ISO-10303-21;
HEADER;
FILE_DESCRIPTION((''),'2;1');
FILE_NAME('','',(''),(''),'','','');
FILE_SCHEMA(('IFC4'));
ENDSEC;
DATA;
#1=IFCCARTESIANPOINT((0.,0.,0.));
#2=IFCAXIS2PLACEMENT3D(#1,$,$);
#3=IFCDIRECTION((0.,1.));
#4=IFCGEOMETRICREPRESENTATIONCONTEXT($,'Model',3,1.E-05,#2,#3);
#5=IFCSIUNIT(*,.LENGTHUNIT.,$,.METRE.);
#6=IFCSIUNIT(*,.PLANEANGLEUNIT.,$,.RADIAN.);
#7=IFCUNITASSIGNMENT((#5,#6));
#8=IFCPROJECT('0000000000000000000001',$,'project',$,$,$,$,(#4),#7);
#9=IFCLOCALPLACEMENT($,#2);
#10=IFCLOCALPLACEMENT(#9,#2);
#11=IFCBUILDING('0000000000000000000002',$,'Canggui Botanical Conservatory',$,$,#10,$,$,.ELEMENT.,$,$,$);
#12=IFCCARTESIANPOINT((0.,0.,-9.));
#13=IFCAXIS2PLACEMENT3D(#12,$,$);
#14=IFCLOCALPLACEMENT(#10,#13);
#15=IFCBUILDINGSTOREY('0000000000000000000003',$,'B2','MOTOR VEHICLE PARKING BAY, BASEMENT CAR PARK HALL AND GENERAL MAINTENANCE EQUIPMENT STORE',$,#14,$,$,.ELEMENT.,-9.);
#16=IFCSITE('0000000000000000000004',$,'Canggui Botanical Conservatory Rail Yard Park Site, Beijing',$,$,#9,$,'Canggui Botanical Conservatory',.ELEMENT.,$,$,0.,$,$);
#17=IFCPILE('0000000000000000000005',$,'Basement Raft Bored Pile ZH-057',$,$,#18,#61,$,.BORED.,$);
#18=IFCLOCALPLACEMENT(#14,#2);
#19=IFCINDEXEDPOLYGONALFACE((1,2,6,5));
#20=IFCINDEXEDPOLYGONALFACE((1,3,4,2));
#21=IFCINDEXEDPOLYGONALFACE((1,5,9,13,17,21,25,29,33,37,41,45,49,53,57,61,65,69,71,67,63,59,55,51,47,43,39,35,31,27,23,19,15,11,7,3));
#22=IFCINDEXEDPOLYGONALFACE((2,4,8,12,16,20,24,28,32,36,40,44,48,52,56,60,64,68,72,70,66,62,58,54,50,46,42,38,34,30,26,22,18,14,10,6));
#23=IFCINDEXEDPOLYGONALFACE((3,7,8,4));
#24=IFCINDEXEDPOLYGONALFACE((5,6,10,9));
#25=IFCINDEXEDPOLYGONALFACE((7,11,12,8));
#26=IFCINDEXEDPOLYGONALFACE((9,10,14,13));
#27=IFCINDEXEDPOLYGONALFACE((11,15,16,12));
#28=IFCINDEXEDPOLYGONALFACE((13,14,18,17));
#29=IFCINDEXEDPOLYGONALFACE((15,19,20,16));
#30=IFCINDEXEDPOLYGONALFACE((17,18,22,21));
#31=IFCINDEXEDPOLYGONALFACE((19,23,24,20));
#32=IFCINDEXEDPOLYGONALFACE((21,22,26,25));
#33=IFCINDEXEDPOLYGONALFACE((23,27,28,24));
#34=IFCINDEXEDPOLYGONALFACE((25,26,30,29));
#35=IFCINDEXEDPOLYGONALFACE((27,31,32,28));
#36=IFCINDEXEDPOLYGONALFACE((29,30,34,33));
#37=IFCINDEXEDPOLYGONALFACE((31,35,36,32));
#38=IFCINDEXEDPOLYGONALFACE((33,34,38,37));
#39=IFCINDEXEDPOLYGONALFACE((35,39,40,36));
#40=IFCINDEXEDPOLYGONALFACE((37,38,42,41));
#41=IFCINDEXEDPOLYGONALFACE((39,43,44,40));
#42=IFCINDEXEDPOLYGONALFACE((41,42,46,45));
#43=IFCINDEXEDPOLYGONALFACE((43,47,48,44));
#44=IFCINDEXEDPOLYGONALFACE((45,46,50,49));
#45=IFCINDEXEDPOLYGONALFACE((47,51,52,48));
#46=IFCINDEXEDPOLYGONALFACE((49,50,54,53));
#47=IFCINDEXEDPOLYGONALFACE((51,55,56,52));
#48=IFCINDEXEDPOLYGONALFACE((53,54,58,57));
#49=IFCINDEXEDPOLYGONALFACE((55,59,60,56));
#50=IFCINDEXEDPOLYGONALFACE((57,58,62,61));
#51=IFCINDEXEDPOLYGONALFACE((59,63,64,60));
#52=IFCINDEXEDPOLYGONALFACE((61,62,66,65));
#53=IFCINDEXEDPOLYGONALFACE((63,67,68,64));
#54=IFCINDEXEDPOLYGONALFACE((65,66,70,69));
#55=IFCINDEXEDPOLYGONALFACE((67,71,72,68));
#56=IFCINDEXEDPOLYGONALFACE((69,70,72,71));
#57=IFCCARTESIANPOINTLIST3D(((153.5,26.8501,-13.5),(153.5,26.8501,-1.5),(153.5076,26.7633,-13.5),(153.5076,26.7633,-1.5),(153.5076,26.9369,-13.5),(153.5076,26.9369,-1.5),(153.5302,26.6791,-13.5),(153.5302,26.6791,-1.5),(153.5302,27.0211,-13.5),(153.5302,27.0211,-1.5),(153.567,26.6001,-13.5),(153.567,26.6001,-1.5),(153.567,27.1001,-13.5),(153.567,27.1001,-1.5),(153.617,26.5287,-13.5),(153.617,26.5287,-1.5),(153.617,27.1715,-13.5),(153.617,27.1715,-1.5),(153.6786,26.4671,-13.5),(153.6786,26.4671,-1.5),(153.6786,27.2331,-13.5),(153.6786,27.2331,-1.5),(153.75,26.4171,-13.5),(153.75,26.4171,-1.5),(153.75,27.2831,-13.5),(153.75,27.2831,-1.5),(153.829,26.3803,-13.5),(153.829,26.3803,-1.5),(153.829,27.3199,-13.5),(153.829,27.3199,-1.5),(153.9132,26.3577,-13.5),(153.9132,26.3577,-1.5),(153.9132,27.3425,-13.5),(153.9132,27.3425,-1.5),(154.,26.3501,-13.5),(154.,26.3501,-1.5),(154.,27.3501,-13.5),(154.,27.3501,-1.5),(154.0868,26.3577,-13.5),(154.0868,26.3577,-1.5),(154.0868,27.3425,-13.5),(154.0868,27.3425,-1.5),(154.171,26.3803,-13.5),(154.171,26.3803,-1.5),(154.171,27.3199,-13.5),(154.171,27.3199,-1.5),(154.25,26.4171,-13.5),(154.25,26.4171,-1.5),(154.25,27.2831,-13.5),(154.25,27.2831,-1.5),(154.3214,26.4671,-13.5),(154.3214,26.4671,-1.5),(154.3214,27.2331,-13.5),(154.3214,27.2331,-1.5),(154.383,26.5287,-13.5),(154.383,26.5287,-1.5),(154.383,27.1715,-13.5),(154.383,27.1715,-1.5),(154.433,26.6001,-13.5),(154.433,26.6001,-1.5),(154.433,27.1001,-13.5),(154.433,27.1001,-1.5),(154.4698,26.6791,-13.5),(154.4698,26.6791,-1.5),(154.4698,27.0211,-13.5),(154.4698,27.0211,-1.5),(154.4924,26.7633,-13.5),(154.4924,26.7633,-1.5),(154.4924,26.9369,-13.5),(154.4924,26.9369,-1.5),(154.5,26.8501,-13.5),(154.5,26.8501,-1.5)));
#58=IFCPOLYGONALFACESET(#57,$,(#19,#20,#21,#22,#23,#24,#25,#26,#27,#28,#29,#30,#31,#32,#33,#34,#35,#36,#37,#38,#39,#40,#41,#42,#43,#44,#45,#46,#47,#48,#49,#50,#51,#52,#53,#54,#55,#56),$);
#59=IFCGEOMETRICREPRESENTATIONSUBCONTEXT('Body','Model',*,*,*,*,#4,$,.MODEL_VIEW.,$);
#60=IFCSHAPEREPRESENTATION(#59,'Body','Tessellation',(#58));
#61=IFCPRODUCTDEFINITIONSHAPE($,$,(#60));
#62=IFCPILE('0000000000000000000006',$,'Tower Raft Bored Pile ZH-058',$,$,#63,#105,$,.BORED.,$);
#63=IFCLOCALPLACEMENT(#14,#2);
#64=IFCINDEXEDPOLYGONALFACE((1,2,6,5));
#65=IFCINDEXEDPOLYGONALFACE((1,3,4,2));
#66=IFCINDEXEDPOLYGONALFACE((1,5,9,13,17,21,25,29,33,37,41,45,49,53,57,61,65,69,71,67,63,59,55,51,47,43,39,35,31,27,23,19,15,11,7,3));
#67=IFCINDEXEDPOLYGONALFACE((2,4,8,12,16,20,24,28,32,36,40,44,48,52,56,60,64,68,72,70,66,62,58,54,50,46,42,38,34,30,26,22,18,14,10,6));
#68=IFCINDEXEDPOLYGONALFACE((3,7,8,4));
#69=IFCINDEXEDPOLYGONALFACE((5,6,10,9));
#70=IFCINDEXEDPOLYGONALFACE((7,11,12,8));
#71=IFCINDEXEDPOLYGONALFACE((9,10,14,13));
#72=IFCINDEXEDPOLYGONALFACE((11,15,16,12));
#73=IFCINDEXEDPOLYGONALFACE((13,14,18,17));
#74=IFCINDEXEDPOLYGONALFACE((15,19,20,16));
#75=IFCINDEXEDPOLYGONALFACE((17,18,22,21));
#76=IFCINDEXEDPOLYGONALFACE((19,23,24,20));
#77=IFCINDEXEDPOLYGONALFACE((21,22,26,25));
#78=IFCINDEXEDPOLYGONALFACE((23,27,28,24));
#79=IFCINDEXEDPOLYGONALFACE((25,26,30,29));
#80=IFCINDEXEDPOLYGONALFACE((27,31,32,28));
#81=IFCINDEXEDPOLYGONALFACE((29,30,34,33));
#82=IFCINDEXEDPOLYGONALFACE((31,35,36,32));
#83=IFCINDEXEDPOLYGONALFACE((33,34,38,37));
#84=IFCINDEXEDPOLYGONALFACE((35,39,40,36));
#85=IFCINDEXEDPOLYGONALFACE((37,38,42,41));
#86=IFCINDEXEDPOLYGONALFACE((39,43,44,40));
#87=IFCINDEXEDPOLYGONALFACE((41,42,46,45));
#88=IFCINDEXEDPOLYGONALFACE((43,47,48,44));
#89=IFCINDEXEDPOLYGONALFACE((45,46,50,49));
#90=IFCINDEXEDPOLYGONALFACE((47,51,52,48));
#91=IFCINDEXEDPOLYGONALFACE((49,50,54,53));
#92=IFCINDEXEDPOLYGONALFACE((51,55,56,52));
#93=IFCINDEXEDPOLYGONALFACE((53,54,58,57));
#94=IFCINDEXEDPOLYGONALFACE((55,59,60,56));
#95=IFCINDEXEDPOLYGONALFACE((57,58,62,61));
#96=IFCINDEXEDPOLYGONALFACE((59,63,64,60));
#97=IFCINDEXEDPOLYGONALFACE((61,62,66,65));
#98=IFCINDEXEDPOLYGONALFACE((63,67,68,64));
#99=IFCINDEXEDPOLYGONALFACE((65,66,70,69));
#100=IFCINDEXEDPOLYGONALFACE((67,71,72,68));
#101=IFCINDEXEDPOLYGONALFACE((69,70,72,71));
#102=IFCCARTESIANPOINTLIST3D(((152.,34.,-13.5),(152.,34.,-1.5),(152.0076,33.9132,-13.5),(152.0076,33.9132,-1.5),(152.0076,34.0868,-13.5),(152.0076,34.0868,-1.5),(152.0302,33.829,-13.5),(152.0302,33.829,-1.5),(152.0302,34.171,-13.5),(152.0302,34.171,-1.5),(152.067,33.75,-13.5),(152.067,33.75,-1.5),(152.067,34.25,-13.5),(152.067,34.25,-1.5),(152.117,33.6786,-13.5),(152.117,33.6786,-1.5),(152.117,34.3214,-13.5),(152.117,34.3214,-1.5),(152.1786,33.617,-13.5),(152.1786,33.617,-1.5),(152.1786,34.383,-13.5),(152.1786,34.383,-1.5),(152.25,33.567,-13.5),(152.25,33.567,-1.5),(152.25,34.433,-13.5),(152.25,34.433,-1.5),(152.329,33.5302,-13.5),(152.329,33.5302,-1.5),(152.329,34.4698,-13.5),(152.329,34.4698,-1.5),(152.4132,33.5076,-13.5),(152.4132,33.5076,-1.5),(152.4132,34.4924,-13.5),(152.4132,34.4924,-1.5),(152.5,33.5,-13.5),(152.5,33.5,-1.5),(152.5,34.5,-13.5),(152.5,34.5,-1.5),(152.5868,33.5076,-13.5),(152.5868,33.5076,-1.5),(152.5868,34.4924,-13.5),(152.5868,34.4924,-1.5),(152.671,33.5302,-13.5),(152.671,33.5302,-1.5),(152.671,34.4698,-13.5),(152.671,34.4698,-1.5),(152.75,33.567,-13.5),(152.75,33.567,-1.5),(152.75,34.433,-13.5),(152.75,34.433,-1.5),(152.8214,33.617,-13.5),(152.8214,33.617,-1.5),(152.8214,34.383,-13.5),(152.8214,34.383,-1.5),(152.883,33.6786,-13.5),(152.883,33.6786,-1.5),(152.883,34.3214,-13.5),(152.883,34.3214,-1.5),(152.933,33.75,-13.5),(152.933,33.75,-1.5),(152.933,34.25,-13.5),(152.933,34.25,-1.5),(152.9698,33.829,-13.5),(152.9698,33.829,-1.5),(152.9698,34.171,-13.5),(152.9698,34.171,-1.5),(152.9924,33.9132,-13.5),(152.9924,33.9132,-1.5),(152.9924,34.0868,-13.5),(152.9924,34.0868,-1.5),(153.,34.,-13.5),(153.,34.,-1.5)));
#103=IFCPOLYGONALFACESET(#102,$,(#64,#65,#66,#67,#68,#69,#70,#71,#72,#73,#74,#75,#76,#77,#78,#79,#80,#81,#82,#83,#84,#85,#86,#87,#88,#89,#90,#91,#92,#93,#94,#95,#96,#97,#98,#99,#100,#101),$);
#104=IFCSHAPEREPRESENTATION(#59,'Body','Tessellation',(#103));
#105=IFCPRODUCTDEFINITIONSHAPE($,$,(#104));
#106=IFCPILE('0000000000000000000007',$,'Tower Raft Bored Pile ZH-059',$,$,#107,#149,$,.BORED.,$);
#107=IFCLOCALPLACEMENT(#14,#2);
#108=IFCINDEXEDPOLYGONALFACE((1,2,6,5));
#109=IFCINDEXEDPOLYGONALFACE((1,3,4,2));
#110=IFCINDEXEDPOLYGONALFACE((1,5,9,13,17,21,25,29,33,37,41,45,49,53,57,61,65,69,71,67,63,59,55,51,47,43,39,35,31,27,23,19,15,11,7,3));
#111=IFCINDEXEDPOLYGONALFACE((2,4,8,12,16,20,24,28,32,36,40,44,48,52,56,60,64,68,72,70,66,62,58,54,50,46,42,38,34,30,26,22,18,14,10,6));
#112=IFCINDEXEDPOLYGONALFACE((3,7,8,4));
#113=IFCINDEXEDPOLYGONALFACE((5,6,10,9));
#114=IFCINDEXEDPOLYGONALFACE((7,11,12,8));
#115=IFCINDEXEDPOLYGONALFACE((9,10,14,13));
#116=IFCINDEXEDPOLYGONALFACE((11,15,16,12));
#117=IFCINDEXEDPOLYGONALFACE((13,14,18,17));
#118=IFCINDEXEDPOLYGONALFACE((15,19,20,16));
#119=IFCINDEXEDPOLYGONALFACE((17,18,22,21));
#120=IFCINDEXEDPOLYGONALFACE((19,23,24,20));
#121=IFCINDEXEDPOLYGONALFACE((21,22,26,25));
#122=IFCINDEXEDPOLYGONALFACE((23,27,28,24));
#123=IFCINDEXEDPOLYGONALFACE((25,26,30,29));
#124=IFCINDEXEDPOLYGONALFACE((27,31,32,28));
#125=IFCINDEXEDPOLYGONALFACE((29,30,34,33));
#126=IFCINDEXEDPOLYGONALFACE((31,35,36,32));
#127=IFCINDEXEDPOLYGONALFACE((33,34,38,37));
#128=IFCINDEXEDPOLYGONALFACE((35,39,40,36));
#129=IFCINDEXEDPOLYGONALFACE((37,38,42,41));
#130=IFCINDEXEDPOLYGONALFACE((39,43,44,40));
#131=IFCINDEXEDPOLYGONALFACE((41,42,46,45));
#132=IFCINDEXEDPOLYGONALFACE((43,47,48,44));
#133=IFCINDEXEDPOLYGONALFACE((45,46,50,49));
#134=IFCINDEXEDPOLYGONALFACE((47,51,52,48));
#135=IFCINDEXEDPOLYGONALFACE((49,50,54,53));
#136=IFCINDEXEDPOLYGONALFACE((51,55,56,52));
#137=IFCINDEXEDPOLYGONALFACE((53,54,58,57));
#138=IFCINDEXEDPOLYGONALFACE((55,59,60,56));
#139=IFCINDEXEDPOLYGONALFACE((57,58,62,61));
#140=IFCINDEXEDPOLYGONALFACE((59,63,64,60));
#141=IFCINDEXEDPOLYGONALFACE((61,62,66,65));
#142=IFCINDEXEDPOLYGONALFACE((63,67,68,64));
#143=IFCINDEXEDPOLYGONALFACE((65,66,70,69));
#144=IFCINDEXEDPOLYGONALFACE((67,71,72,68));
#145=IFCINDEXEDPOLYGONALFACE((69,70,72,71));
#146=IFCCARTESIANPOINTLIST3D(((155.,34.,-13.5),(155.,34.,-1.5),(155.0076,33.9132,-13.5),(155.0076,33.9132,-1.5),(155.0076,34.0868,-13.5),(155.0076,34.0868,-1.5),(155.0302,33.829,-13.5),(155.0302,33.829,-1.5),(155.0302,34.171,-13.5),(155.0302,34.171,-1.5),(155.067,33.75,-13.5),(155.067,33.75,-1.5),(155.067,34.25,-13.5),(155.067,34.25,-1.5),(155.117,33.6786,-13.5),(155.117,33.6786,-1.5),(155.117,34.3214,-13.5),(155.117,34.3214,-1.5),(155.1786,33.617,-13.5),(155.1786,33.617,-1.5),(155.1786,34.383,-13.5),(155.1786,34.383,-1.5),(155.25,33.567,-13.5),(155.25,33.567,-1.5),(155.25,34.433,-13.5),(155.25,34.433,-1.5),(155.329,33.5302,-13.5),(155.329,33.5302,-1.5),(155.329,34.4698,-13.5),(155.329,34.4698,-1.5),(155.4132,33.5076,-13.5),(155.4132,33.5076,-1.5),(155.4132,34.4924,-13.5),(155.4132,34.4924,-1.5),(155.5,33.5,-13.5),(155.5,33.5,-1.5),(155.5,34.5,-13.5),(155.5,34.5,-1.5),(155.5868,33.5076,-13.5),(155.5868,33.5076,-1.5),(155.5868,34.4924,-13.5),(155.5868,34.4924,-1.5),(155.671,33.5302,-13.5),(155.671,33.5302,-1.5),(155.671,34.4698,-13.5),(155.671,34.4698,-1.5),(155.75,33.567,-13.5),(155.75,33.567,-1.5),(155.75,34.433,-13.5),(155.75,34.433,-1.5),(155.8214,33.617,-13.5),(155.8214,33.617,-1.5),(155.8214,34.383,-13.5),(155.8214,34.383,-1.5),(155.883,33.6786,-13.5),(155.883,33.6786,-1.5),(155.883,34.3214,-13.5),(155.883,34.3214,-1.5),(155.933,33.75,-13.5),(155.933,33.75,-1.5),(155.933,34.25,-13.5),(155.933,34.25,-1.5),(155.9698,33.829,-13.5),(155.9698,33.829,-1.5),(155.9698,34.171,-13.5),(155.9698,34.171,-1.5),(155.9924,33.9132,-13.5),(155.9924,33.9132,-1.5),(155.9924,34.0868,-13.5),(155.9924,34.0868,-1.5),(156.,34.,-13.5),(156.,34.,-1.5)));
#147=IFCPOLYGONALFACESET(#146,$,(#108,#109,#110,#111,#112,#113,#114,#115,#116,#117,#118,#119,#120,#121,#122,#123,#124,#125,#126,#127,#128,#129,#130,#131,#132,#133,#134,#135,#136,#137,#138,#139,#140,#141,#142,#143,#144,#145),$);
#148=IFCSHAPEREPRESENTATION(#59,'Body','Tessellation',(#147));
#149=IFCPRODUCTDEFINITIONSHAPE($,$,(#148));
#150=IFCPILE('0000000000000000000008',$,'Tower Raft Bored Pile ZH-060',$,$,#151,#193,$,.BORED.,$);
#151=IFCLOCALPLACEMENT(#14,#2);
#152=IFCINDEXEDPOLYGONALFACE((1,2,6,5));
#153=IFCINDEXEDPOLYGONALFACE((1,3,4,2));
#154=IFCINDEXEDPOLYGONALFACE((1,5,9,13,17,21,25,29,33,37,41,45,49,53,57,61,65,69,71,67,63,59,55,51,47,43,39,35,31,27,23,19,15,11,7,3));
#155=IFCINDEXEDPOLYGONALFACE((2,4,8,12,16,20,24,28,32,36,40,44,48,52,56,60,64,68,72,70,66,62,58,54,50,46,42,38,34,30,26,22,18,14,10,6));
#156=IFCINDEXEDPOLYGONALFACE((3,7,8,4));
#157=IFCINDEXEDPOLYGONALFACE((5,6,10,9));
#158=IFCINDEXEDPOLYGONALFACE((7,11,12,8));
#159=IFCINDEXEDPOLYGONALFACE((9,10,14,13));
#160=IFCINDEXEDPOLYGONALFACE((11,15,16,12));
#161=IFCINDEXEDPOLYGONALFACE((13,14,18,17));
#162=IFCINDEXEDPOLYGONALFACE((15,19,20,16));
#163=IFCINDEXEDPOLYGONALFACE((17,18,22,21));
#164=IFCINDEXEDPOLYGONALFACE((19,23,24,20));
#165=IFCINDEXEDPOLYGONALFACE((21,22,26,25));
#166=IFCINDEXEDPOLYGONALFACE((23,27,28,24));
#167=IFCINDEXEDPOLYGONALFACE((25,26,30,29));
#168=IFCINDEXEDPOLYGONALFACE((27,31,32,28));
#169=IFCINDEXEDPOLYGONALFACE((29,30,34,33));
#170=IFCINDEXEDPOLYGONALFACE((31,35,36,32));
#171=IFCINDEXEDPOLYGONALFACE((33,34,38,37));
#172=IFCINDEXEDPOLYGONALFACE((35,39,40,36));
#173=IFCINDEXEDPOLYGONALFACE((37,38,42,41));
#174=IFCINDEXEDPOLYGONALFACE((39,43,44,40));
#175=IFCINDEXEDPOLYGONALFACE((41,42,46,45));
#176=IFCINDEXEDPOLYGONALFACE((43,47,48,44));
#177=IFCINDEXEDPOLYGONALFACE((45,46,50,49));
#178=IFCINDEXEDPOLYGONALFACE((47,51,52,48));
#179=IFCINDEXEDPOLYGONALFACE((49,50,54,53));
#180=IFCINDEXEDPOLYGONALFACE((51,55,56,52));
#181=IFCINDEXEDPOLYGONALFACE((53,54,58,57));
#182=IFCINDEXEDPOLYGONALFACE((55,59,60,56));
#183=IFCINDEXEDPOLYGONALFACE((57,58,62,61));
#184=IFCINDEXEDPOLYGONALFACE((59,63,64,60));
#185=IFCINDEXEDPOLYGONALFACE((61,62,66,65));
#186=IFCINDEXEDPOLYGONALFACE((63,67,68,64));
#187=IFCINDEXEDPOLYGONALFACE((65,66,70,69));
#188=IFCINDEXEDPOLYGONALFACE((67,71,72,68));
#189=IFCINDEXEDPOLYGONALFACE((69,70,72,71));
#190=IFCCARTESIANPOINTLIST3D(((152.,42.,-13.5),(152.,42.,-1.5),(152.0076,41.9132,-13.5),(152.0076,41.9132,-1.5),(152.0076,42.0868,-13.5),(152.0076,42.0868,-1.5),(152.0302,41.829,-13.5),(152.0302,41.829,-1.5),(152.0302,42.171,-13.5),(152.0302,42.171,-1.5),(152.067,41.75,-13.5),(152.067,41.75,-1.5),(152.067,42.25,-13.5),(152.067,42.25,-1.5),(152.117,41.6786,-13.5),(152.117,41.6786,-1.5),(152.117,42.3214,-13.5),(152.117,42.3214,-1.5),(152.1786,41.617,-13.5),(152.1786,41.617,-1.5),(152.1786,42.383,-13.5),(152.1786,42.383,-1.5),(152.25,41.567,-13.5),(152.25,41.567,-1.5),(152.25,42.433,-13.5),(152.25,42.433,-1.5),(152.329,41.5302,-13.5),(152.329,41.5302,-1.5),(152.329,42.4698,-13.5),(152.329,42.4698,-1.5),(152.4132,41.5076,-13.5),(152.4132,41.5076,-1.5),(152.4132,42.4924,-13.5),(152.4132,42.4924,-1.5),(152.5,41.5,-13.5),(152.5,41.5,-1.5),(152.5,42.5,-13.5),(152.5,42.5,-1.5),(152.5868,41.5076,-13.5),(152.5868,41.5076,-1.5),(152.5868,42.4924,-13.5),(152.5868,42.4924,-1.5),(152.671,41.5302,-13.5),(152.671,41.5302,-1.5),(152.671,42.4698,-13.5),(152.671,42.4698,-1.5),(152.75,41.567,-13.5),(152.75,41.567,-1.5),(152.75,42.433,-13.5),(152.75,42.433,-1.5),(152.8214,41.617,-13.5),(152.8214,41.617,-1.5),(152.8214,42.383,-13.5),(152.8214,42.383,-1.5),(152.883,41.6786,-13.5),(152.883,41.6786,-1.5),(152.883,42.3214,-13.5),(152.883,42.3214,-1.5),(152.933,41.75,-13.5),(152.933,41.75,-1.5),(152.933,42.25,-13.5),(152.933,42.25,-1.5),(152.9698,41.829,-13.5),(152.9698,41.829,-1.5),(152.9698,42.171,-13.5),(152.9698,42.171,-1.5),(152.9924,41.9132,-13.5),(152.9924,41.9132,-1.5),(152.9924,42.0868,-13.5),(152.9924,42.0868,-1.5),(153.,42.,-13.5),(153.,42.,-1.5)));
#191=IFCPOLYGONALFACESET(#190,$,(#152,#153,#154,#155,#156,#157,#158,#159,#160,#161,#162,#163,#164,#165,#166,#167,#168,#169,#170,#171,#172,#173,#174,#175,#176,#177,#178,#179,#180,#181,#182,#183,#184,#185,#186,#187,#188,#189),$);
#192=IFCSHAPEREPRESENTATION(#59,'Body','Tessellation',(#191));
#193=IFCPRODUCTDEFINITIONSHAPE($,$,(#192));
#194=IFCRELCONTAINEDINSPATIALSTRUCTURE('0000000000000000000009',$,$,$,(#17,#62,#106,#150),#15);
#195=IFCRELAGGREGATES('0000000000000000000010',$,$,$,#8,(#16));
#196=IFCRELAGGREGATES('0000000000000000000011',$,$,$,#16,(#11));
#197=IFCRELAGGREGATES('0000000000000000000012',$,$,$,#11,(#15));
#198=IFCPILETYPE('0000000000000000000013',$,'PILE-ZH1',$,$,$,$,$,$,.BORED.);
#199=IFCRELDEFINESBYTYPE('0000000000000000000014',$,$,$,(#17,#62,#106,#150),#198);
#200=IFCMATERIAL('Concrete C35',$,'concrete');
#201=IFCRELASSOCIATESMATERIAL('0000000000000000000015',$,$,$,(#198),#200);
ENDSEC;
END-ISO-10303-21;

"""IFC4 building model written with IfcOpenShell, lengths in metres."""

from ifc_helpers import new_model, si_unit, direction, frame, origin, origin_2d, place, context, subcontext, project, spatial, circle, extrude, material, material_profile, profile_set, type_object, element, save


model = new_model("IFC4")

# Units and contexts
model_context = context("Model", 3, precision=1e-05, world=origin(), true_north=direction((0.0, 1.0)))
body_context = subcontext(model_context, "Body", "Model", "MODEL_VIEW")
ifc_project = project(units=[si_unit("LENGTHUNIT", "METRE"), si_unit("PLANEANGLEUNIT", "RADIAN")], contexts=[model_context])

# Site, building, storey
site_placement = place(None, origin())
site = spatial("IfcSite", under=ifc_project, at=site_placement, Name="Canggui Botanical Conservatory Rail Yard Park Site, Beijing", LongName="Canggui Botanical Conservatory", CompositionType="ELEMENT", RefElevation=0.0)
building_placement = place(site_placement, origin())
building = spatial("IfcBuilding", under=site, at=building_placement, Name="Canggui Botanical Conservatory", CompositionType="ELEMENT")
storey_placement = place(building_placement, frame((0.0, 0.0, -9.0)))
storey = spatial("IfcBuildingStorey", under=building, at=storey_placement, Name="B2", Description="MOTOR VEHICLE PARKING BAY, BASEMENT CAR PARK HALL AND GENERAL MAINTENANCE EQUIPMENT STORE", CompositionType="ELEMENT", Elevation=-9.0)

# Piles
ifc_material_1 = material(Name="Concrete C35", Category="concrete")
ifc_material_profile_1 = material_profile(ifc_material_1, circle(Radius=0.5, at=origin_2d()), Name="PILE D1000")
ifc_profile_set_1 = profile_set([ifc_material_profile_1], Name="Concrete C35")
pile_type = type_object("IfcPileType", Name="PILE-ZH1", PredefinedType="BORED", material=ifc_profile_set_1)
for number, where, z_axis, x_axis, name in (
    (1, (154.0, 26.8501, -1.5), (0.0, 0.0, -1.0), (1.0, 0.0, 0.0), "Basement Raft Bored Pile ZH-057"),
    (2, (152.5, 34.0, -1.5), (0.0, 0.0, -1.0), (1.0, 0.0, 0.0), "Tower Raft Bored Pile ZH-058"),
    (3, (155.5, 34.0, -1.5), (0.0, 0.0, -1.0), (1.0, 0.0, 0.0), "Tower Raft Bored Pile ZH-059"),
    (4, (152.5, 42.0, -1.5), (0.0, 0.0, -1.0), (1.0, 0.0, 0.0), "Tower Raft Bored Pile ZH-060"),
):
    element("IfcPile", number, at=place(storey_placement, frame(where, z_axis=z_axis, x_axis=x_axis)), inside=storey, type_object=pile_type, Name=name, PredefinedType="BORED", context=body_context, shape_type="SweptSolid", body=[
        extrude(circle(Radius=0.5, at=origin_2d()), origin(), (0.0, 0.0, 1.0), 12.0),
    ])

save(model, "model.ifc")
